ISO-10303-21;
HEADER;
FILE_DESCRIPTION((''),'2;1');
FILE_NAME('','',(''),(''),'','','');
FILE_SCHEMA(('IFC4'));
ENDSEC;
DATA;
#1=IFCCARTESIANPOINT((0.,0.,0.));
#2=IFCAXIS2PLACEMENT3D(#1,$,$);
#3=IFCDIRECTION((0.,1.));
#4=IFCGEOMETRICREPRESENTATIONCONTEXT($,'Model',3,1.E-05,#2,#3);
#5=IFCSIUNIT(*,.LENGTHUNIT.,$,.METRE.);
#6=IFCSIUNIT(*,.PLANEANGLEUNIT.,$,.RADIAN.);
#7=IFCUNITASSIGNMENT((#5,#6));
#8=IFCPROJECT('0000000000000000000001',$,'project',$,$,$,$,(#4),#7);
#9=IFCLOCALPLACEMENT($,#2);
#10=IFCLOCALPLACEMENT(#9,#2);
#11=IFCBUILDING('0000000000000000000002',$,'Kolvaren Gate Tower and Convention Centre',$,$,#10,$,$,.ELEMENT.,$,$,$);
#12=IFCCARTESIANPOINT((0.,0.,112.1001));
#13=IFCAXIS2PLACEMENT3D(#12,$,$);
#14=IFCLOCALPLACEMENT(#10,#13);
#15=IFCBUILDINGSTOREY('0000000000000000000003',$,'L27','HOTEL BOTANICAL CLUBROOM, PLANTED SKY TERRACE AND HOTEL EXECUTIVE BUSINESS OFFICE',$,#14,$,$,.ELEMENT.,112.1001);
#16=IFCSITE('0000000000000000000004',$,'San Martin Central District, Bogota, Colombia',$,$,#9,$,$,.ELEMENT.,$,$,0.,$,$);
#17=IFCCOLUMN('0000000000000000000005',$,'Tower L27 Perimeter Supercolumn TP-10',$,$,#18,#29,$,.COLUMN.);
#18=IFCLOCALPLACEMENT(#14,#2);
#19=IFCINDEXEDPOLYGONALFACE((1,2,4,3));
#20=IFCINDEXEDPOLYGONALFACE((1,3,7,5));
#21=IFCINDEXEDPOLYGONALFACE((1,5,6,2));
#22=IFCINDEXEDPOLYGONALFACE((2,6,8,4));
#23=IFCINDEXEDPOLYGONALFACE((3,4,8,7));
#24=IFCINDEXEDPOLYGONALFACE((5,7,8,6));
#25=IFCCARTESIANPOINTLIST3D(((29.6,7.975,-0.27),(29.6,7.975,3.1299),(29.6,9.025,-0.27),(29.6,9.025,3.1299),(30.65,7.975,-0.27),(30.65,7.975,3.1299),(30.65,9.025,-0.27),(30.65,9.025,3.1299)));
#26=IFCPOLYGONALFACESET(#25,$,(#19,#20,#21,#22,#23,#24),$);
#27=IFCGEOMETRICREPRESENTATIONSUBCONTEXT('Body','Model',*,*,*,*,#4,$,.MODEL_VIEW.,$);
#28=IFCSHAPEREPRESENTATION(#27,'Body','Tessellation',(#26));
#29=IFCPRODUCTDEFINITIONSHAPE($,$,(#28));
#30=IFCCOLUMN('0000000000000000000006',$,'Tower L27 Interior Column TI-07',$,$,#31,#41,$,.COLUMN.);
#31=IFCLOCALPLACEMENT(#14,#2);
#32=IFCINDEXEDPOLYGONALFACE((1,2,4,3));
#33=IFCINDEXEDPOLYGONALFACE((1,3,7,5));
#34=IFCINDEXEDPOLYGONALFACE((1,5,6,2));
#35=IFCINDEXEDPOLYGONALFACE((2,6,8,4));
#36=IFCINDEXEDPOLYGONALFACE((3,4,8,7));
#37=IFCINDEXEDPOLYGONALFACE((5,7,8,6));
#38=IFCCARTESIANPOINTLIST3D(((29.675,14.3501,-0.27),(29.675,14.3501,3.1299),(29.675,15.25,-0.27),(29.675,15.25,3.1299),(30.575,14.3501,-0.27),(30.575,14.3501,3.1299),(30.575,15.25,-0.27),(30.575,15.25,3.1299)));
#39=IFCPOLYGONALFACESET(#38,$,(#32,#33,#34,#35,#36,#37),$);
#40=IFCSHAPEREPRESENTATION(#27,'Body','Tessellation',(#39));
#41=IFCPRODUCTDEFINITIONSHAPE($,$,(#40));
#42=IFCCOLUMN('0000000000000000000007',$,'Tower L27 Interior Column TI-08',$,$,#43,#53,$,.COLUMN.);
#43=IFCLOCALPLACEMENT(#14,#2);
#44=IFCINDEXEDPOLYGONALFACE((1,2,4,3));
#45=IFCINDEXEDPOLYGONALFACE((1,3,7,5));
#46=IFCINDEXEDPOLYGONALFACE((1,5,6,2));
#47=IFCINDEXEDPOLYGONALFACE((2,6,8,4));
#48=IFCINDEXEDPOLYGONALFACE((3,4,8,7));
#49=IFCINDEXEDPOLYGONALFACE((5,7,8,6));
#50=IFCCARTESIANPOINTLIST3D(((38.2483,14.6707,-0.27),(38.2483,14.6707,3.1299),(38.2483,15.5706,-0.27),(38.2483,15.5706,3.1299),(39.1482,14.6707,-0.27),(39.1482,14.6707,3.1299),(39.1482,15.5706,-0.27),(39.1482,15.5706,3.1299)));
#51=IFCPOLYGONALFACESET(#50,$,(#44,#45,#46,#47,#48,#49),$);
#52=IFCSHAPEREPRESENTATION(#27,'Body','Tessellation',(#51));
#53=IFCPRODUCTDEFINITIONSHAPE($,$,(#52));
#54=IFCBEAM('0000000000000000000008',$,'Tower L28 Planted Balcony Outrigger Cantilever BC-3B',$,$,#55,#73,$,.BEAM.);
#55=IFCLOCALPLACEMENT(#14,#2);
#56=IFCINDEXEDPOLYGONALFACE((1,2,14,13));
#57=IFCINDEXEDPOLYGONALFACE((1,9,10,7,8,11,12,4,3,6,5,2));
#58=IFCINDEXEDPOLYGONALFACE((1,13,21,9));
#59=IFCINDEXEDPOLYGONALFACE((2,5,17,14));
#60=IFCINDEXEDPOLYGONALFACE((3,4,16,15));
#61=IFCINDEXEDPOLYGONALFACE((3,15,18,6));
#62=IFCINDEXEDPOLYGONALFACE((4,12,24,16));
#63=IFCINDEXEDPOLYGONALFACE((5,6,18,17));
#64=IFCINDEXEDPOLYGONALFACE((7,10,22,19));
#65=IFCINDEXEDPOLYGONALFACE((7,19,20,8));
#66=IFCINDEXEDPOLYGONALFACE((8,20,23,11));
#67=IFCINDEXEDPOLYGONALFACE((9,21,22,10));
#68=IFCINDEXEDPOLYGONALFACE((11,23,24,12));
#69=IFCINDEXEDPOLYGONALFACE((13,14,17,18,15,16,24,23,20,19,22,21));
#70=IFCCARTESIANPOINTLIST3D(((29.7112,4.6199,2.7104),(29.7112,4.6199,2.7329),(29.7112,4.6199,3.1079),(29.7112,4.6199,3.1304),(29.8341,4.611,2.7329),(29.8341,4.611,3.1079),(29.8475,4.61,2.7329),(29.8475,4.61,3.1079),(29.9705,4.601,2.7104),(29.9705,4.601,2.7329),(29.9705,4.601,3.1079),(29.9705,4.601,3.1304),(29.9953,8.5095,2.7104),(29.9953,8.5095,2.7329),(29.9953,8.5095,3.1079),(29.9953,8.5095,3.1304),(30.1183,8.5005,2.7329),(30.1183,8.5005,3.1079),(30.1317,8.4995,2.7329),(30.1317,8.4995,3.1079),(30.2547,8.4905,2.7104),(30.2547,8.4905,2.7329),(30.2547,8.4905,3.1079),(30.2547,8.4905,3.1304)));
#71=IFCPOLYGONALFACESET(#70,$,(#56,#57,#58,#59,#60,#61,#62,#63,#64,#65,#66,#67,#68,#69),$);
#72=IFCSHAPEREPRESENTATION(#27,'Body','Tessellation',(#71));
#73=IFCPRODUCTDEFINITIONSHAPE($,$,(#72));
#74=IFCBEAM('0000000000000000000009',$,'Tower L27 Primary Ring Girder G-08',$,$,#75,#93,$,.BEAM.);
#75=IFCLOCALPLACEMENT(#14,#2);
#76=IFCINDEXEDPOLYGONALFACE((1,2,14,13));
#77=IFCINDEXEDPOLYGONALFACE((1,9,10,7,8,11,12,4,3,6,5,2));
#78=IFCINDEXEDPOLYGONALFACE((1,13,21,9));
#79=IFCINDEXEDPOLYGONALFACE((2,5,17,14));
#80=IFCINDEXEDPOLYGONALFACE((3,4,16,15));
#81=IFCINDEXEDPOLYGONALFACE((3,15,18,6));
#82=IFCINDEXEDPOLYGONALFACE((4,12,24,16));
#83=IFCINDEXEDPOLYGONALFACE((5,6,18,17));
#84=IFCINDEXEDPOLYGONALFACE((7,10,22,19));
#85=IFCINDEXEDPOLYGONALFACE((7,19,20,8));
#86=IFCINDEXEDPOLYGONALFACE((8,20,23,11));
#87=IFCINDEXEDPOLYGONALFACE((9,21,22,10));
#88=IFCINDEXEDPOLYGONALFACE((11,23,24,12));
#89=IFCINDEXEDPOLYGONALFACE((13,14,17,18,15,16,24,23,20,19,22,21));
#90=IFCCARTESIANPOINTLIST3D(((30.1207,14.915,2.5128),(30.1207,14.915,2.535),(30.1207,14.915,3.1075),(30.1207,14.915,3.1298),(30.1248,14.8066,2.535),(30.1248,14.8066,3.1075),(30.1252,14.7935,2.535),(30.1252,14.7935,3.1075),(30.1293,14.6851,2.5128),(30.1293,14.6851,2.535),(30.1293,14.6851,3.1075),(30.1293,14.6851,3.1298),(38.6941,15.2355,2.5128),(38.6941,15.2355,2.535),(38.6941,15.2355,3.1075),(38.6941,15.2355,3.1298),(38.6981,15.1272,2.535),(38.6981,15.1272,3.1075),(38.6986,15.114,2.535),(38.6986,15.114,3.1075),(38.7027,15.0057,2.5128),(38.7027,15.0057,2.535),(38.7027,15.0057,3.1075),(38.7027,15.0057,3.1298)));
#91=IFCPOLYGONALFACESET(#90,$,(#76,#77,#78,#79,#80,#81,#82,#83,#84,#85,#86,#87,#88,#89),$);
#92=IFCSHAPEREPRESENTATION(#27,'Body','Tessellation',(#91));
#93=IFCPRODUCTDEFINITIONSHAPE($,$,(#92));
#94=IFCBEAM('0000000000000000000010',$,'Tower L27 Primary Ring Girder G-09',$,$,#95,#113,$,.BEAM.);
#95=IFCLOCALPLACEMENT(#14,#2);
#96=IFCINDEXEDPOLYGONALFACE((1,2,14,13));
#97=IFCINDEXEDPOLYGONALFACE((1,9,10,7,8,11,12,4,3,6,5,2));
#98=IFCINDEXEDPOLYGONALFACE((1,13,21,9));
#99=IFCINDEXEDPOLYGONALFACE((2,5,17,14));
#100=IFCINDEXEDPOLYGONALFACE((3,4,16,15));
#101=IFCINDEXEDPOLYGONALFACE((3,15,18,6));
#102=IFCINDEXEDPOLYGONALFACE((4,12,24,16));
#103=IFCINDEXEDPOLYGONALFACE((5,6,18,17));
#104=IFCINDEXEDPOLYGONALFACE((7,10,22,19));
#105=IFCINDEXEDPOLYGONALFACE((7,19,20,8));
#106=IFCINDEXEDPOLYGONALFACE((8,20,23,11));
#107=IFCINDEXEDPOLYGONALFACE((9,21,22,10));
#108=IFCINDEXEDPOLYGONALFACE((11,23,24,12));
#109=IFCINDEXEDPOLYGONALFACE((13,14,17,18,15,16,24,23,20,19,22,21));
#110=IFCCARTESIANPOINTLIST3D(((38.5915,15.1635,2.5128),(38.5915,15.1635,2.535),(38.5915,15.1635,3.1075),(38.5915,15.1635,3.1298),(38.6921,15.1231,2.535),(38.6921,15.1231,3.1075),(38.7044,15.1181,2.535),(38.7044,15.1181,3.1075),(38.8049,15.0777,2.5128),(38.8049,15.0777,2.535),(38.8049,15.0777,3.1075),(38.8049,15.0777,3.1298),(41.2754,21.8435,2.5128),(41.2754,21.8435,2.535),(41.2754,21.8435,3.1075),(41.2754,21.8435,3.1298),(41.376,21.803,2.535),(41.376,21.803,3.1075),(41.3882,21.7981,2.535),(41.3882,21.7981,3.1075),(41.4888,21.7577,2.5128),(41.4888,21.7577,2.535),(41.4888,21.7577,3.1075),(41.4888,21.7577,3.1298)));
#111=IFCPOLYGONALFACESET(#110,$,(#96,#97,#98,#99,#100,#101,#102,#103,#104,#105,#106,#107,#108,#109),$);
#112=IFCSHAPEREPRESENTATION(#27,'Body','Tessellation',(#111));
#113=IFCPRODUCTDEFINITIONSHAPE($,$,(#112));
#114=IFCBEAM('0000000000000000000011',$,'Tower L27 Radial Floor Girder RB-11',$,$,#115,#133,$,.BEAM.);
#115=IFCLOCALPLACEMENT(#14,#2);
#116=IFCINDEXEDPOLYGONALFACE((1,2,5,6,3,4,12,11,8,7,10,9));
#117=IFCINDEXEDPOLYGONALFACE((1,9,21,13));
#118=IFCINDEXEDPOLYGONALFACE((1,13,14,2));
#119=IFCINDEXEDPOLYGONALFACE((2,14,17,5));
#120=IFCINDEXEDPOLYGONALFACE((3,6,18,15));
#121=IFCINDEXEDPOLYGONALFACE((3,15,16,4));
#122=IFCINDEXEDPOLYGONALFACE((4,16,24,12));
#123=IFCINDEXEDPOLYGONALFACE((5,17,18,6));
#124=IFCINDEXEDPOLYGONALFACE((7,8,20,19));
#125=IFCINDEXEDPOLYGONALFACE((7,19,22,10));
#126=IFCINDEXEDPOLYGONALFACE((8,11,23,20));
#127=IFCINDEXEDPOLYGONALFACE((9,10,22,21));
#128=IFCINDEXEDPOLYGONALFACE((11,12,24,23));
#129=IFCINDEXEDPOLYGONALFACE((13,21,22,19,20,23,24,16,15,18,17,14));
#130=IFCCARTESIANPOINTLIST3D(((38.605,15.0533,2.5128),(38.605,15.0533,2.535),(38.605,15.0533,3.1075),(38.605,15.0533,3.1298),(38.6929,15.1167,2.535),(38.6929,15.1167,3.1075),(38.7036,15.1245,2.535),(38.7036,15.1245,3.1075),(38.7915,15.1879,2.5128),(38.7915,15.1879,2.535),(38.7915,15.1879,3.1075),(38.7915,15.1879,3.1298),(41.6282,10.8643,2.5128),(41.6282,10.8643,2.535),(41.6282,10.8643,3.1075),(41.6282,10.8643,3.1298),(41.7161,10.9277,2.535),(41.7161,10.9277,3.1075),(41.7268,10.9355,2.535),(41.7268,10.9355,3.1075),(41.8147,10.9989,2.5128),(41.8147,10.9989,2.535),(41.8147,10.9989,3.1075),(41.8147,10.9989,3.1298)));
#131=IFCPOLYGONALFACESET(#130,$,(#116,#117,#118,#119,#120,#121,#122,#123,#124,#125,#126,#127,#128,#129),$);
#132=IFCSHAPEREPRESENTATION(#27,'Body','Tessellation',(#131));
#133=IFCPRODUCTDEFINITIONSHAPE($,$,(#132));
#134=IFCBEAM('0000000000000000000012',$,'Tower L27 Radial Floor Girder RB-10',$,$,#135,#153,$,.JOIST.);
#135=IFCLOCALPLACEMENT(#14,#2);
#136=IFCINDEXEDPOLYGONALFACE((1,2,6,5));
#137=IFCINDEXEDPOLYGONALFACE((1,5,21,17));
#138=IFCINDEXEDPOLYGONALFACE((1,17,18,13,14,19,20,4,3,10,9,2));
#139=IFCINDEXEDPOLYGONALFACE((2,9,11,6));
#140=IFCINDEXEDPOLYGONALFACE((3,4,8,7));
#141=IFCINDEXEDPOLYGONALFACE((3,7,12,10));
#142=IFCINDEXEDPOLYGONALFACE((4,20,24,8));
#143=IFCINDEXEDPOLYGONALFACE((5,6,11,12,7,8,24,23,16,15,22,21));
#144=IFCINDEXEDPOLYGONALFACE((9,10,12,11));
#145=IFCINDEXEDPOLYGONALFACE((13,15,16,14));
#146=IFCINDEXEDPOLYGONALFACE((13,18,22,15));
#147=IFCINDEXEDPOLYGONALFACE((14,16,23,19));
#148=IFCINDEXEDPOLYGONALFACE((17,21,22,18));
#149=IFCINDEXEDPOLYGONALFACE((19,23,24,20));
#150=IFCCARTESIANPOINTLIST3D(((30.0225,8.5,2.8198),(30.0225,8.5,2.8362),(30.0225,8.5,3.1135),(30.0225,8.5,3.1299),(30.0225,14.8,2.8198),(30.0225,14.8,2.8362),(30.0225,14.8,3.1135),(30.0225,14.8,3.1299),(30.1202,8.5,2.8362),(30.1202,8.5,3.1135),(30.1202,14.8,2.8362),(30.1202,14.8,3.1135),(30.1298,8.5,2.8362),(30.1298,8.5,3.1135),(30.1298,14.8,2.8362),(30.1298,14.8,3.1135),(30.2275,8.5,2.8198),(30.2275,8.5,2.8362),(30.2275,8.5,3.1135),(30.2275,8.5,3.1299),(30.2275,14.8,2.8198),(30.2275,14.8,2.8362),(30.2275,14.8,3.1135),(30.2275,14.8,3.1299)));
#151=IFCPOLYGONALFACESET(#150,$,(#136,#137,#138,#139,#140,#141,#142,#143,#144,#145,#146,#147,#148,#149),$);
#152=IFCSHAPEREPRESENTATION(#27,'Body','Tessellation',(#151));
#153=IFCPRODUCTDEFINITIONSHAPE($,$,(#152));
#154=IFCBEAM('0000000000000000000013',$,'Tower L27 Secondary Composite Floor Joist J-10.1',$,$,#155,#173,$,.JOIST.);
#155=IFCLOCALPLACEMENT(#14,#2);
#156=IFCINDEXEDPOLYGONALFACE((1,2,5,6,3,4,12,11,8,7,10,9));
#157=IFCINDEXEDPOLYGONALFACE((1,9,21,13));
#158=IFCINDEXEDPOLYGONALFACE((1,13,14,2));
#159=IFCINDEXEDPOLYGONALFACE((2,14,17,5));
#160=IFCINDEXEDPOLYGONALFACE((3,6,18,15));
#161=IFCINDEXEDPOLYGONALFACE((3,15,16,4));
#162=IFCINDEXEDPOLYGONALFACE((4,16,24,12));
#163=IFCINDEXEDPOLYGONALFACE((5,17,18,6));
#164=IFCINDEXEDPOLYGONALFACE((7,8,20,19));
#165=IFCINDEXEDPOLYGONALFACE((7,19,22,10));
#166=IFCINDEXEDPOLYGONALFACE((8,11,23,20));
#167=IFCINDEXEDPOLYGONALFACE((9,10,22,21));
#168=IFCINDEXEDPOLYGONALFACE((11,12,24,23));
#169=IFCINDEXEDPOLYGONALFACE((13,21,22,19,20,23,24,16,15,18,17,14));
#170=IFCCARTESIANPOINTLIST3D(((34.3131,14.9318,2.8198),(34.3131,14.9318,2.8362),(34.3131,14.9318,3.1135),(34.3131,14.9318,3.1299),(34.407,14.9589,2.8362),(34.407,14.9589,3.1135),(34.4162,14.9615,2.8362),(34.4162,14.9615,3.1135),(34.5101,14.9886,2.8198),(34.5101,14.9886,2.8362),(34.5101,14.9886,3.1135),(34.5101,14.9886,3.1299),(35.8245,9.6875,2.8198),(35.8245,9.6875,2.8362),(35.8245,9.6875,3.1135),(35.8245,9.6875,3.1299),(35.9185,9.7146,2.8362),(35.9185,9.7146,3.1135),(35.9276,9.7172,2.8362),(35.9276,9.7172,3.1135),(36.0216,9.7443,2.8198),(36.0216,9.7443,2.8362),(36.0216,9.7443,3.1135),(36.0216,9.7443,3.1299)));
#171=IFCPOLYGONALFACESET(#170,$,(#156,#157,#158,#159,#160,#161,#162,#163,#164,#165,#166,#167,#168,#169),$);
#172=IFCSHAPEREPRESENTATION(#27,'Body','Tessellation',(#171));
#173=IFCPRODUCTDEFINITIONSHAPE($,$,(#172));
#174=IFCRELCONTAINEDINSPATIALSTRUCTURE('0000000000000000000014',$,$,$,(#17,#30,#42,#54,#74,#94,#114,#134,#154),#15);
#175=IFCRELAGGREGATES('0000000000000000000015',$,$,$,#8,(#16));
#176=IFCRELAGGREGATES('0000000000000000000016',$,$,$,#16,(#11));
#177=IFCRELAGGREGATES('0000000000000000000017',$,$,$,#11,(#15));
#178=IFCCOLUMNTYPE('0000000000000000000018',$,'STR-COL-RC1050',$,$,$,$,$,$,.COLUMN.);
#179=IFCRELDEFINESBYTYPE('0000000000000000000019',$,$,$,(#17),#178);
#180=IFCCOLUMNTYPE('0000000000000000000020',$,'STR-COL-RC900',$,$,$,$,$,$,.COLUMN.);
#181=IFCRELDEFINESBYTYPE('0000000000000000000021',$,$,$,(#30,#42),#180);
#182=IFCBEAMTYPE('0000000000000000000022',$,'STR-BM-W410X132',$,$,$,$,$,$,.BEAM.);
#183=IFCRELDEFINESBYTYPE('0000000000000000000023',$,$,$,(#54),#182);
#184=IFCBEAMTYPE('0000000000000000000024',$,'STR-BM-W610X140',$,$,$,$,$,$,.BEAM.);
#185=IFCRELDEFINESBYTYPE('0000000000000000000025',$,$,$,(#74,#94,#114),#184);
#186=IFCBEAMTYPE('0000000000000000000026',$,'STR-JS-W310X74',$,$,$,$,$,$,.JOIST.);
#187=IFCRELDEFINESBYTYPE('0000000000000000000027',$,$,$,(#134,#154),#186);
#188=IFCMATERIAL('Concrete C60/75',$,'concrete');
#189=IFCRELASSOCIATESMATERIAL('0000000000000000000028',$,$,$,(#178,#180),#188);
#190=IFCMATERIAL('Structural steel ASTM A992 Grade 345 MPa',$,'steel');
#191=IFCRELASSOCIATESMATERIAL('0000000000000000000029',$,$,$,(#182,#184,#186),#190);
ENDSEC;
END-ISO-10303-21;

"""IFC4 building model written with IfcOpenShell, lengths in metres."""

from ifc_helpers import new_model, si_unit, direction, frame, origin, origin_2d, place, context, subcontext, project, spatial, rectangle, i_section, extrude, material, material_profile, profile_set, type_object, element, save


model = new_model("IFC4")

# Units and contexts
model_context = context("Model", 3, precision=1e-05, world=origin(), true_north=direction((0.0, 1.0)))
body_context = subcontext(model_context, "Body", "Model", "MODEL_VIEW")
ifc_project = project(units=[si_unit("LENGTHUNIT", "METRE"), si_unit("PLANEANGLEUNIT", "RADIAN")], contexts=[model_context])

# Site, building, storey
site_placement = place(None, origin())
site = spatial("IfcSite", under=ifc_project, at=site_placement, Name="San Martin Central District, Bogota, Colombia", CompositionType="ELEMENT", RefElevation=0.0)
building_placement = place(site_placement, origin())
building = spatial("IfcBuilding", under=site, at=building_placement, Name="Kolvaren Gate Tower and Convention Centre", CompositionType="ELEMENT")
storey_placement = place(building_placement, frame((0.0, 0.0, 112.1001)))
storey = spatial("IfcBuildingStorey", under=building, at=storey_placement, Name="L27", Description="HOTEL BOTANICAL CLUBROOM, PLANTED SKY TERRACE AND HOTEL EXECUTIVE BUSINESS OFFICE", CompositionType="ELEMENT", Elevation=112.1001)

# Columns
ifc_material_1 = material(Name="Concrete C60/75", Category="concrete")
ifc_material_profile_1 = material_profile(ifc_material_1, rectangle(XDim=1.05, YDim=1.05, at=origin_2d()), Name="RC-COL-1050X1050")
ifc_profile_set_1 = profile_set([ifc_material_profile_1], Name="Concrete C60/75")
column_type_1 = type_object("IfcColumnType", Name="STR-COL-RC1050", PredefinedType="COLUMN", material=ifc_profile_set_1)
column_placement = place(storey_placement, frame((30.125, 8.5, -0.27), z_axis=(0.0, 0.0, 1.0), x_axis=(1.0, 0.0, 0.0)))
element("IfcColumn", 1, at=column_placement, inside=storey, type_object=column_type_1, Name="Tower L27 Perimeter Supercolumn TP-10", PredefinedType="COLUMN", context=body_context, shape_type="SweptSolid", body=[
    extrude(rectangle(XDim=1.05, YDim=1.05, at=origin_2d()), origin(), (0.0, 0.0, 1.0), 3.3999),
])
ifc_material_profile_2 = material_profile(ifc_material_1, rectangle(XDim=0.8999, YDim=0.8999, at=origin_2d()), Name="RC-COL-900X900")
ifc_profile_set_2 = profile_set([ifc_material_profile_2], Name="Concrete C60/75")
column_type_2 = type_object("IfcColumnType", Name="STR-COL-RC900", PredefinedType="COLUMN", material=ifc_profile_set_2)
for number, where, z_axis, x_axis, name in (
    (2, (30.125, 14.8, -0.27), (0.0, 0.0, 1.0), (1.0, 0.0, 0.0), "Tower L27 Interior Column TI-07"),
    (3, (38.6982, 15.1206, -0.27), (0.0, 0.0, 1.0), (1.0, 0.0, 0.0), "Tower L27 Interior Column TI-08"),
):
    element("IfcColumn", number, at=place(storey_placement, frame(where, z_axis=z_axis, x_axis=x_axis)), inside=storey, type_object=column_type_2, Name=name, PredefinedType="COLUMN", context=body_context, shape_type="SweptSolid", body=[
        extrude(rectangle(XDim=0.8999, YDim=0.8999, at=origin_2d()), origin(), (0.0, 0.0, 1.0), 3.3999),
    ])

# Beams
ifc_material_2 = material(Name="Structural steel ASTM A992 Grade 345 MPa", Category="steel")
ifc_material_profile_3 = material_profile(ifc_material_2, i_section(OverallWidth=0.26, OverallDepth=0.4199, WebThickness=0.0134, FlangeThickness=0.0225, at=origin_2d()), Name="W410X132")
ifc_profile_set_3 = profile_set([ifc_material_profile_3], Name="Structural steel ASTM A992 Grade 345 MPa")
beam_type_1 = type_object("IfcBeamType", Name="STR-BM-W410X132", PredefinedType="BEAM", material=ifc_profile_set_3)
beam_1_placement = place(storey_placement, frame((30.125, 8.5, 2.9204), z_axis=(-0.072866, -0.997342, 0.0), x_axis=(0.997342, -0.072866, 0.0)))
element("IfcBeam", 4, at=beam_1_placement, inside=storey, type_object=beam_type_1, Name="Tower L28 Planted Balcony Outrigger Cantilever BC-3B", PredefinedType="BEAM", context=body_context, shape_type="SweptSolid", body=[
    extrude(i_section(OverallWidth=0.26, OverallDepth=0.4199, WebThickness=0.0134, FlangeThickness=0.0225, at=origin_2d()), origin(), (0.0, 0.0, 1.0), 3.8999),
])
ifc_material_profile_4 = material_profile(ifc_material_2, i_section(OverallWidth=0.23, OverallDepth=0.6169, WebThickness=0.0132, FlangeThickness=0.0222, at=origin_2d()), Name="W610X140")
ifc_profile_set_4 = profile_set([ifc_material_profile_4], Name="Structural steel ASTM A992 Grade 345 MPa")
beam_type_2 = type_object("IfcBeamType", Name="STR-BM-W610X140", PredefinedType="BEAM", material=ifc_profile_set_4)
beam_2_placement = place(storey_placement, frame((30.125, 14.8, 2.8213), z_axis=(0.999302, 0.037364, 0.0), x_axis=(-0.037364, 0.999302, 0.0)))
element("IfcBeam", 5, at=beam_2_placement, inside=storey, type_object=beam_type_2, Name="Tower L27 Primary Ring Girder G-08", PredefinedType="BEAM", context=body_context, shape_type="SweptSolid", body=[
    extrude(i_section(OverallWidth=0.23, OverallDepth=0.6169, WebThickness=0.0132, FlangeThickness=0.0222, at=origin_2d()), origin(), (0.0, 0.0, 1.0), 8.5793),
])
beam_3_placement = place(storey_placement, frame((38.6982, 15.1206, 2.8213), z_axis=(0.372811, 0.927907, 0.0), x_axis=(-0.927907, 0.372811, 0.0)))
element("IfcBeam", 6, at=beam_3_placement, inside=storey, type_object=beam_type_2, Name="Tower L27 Primary Ring Girder G-09", PredefinedType="BEAM", context=body_context, shape_type="SweptSolid", body=[
    extrude(i_section(OverallWidth=0.23, OverallDepth=0.6169, WebThickness=0.0132, FlangeThickness=0.0222, at=origin_2d()), origin(), (0.0, 0.0, 1.0), 7.199),
])
beam_4_placement = place(storey_placement, frame((38.6982, 15.1206, 2.8213), z_axis=(0.585214, -0.810879, 0.0), x_axis=(0.810879, 0.585214, 0.0)))
element("IfcBeam", 7, at=beam_4_placement, inside=storey, type_object=beam_type_2, Name="Tower L27 Radial Floor Girder RB-11", PredefinedType="BEAM", context=body_context, shape_type="SweptSolid", body=[
    extrude(i_section(OverallWidth=0.23, OverallDepth=0.6169, WebThickness=0.0132, FlangeThickness=0.0222, at=origin_2d()), origin(), (0.0, 0.0, 1.0), 5.166),
])
ifc_material_profile_5 = material_profile(ifc_material_2, i_section(OverallWidth=0.2051, OverallDepth=0.3101, WebThickness=0.0095, FlangeThickness=0.0164, at=origin_2d()), Name="W310X74")
ifc_profile_set_5 = profile_set([ifc_material_profile_5], Name="Structural steel ASTM A992 Grade 345 MPa")
beam_type_3 = type_object("IfcBeamType", Name="STR-JS-W310X74", PredefinedType="JOIST", material=ifc_profile_set_5)
beam_5_placement = place(storey_placement, frame((30.125, 14.8, 2.9749), z_axis=(0.0, -1.0, 0.0), x_axis=(1.0, 0.0, 0.0)))
element("IfcBeam", 8, at=beam_5_placement, inside=storey, type_object=beam_type_3, Name="Tower L27 Radial Floor Girder RB-10", PredefinedType="JOIST", context=body_context, shape_type="SweptSolid", body=[
    extrude(i_section(OverallWidth=0.2051, OverallDepth=0.3101, WebThickness=0.0095, FlangeThickness=0.0164, at=origin_2d()), origin(), (0.0, 0.0, 1.0), 6.3),
])
beam_6_placement = place(storey_placement, frame((34.4116, 14.9602, 2.9749), z_axis=(0.276936, -0.960888, 0.0), x_axis=(0.960888, 0.276936, 0.0)))
element("IfcBeam", 9, at=beam_6_placement, inside=storey, type_object=beam_type_3, Name="Tower L27 Secondary Composite Floor Joist J-10.1", PredefinedType="JOIST", context=body_context, shape_type="SweptSolid", body=[
    extrude(i_section(OverallWidth=0.2051, OverallDepth=0.3101, WebThickness=0.0095, FlangeThickness=0.0164, at=origin_2d()), origin(), (0.0, 0.0, 1.0), 5.4578),
])

save(model, "model.ifc")
